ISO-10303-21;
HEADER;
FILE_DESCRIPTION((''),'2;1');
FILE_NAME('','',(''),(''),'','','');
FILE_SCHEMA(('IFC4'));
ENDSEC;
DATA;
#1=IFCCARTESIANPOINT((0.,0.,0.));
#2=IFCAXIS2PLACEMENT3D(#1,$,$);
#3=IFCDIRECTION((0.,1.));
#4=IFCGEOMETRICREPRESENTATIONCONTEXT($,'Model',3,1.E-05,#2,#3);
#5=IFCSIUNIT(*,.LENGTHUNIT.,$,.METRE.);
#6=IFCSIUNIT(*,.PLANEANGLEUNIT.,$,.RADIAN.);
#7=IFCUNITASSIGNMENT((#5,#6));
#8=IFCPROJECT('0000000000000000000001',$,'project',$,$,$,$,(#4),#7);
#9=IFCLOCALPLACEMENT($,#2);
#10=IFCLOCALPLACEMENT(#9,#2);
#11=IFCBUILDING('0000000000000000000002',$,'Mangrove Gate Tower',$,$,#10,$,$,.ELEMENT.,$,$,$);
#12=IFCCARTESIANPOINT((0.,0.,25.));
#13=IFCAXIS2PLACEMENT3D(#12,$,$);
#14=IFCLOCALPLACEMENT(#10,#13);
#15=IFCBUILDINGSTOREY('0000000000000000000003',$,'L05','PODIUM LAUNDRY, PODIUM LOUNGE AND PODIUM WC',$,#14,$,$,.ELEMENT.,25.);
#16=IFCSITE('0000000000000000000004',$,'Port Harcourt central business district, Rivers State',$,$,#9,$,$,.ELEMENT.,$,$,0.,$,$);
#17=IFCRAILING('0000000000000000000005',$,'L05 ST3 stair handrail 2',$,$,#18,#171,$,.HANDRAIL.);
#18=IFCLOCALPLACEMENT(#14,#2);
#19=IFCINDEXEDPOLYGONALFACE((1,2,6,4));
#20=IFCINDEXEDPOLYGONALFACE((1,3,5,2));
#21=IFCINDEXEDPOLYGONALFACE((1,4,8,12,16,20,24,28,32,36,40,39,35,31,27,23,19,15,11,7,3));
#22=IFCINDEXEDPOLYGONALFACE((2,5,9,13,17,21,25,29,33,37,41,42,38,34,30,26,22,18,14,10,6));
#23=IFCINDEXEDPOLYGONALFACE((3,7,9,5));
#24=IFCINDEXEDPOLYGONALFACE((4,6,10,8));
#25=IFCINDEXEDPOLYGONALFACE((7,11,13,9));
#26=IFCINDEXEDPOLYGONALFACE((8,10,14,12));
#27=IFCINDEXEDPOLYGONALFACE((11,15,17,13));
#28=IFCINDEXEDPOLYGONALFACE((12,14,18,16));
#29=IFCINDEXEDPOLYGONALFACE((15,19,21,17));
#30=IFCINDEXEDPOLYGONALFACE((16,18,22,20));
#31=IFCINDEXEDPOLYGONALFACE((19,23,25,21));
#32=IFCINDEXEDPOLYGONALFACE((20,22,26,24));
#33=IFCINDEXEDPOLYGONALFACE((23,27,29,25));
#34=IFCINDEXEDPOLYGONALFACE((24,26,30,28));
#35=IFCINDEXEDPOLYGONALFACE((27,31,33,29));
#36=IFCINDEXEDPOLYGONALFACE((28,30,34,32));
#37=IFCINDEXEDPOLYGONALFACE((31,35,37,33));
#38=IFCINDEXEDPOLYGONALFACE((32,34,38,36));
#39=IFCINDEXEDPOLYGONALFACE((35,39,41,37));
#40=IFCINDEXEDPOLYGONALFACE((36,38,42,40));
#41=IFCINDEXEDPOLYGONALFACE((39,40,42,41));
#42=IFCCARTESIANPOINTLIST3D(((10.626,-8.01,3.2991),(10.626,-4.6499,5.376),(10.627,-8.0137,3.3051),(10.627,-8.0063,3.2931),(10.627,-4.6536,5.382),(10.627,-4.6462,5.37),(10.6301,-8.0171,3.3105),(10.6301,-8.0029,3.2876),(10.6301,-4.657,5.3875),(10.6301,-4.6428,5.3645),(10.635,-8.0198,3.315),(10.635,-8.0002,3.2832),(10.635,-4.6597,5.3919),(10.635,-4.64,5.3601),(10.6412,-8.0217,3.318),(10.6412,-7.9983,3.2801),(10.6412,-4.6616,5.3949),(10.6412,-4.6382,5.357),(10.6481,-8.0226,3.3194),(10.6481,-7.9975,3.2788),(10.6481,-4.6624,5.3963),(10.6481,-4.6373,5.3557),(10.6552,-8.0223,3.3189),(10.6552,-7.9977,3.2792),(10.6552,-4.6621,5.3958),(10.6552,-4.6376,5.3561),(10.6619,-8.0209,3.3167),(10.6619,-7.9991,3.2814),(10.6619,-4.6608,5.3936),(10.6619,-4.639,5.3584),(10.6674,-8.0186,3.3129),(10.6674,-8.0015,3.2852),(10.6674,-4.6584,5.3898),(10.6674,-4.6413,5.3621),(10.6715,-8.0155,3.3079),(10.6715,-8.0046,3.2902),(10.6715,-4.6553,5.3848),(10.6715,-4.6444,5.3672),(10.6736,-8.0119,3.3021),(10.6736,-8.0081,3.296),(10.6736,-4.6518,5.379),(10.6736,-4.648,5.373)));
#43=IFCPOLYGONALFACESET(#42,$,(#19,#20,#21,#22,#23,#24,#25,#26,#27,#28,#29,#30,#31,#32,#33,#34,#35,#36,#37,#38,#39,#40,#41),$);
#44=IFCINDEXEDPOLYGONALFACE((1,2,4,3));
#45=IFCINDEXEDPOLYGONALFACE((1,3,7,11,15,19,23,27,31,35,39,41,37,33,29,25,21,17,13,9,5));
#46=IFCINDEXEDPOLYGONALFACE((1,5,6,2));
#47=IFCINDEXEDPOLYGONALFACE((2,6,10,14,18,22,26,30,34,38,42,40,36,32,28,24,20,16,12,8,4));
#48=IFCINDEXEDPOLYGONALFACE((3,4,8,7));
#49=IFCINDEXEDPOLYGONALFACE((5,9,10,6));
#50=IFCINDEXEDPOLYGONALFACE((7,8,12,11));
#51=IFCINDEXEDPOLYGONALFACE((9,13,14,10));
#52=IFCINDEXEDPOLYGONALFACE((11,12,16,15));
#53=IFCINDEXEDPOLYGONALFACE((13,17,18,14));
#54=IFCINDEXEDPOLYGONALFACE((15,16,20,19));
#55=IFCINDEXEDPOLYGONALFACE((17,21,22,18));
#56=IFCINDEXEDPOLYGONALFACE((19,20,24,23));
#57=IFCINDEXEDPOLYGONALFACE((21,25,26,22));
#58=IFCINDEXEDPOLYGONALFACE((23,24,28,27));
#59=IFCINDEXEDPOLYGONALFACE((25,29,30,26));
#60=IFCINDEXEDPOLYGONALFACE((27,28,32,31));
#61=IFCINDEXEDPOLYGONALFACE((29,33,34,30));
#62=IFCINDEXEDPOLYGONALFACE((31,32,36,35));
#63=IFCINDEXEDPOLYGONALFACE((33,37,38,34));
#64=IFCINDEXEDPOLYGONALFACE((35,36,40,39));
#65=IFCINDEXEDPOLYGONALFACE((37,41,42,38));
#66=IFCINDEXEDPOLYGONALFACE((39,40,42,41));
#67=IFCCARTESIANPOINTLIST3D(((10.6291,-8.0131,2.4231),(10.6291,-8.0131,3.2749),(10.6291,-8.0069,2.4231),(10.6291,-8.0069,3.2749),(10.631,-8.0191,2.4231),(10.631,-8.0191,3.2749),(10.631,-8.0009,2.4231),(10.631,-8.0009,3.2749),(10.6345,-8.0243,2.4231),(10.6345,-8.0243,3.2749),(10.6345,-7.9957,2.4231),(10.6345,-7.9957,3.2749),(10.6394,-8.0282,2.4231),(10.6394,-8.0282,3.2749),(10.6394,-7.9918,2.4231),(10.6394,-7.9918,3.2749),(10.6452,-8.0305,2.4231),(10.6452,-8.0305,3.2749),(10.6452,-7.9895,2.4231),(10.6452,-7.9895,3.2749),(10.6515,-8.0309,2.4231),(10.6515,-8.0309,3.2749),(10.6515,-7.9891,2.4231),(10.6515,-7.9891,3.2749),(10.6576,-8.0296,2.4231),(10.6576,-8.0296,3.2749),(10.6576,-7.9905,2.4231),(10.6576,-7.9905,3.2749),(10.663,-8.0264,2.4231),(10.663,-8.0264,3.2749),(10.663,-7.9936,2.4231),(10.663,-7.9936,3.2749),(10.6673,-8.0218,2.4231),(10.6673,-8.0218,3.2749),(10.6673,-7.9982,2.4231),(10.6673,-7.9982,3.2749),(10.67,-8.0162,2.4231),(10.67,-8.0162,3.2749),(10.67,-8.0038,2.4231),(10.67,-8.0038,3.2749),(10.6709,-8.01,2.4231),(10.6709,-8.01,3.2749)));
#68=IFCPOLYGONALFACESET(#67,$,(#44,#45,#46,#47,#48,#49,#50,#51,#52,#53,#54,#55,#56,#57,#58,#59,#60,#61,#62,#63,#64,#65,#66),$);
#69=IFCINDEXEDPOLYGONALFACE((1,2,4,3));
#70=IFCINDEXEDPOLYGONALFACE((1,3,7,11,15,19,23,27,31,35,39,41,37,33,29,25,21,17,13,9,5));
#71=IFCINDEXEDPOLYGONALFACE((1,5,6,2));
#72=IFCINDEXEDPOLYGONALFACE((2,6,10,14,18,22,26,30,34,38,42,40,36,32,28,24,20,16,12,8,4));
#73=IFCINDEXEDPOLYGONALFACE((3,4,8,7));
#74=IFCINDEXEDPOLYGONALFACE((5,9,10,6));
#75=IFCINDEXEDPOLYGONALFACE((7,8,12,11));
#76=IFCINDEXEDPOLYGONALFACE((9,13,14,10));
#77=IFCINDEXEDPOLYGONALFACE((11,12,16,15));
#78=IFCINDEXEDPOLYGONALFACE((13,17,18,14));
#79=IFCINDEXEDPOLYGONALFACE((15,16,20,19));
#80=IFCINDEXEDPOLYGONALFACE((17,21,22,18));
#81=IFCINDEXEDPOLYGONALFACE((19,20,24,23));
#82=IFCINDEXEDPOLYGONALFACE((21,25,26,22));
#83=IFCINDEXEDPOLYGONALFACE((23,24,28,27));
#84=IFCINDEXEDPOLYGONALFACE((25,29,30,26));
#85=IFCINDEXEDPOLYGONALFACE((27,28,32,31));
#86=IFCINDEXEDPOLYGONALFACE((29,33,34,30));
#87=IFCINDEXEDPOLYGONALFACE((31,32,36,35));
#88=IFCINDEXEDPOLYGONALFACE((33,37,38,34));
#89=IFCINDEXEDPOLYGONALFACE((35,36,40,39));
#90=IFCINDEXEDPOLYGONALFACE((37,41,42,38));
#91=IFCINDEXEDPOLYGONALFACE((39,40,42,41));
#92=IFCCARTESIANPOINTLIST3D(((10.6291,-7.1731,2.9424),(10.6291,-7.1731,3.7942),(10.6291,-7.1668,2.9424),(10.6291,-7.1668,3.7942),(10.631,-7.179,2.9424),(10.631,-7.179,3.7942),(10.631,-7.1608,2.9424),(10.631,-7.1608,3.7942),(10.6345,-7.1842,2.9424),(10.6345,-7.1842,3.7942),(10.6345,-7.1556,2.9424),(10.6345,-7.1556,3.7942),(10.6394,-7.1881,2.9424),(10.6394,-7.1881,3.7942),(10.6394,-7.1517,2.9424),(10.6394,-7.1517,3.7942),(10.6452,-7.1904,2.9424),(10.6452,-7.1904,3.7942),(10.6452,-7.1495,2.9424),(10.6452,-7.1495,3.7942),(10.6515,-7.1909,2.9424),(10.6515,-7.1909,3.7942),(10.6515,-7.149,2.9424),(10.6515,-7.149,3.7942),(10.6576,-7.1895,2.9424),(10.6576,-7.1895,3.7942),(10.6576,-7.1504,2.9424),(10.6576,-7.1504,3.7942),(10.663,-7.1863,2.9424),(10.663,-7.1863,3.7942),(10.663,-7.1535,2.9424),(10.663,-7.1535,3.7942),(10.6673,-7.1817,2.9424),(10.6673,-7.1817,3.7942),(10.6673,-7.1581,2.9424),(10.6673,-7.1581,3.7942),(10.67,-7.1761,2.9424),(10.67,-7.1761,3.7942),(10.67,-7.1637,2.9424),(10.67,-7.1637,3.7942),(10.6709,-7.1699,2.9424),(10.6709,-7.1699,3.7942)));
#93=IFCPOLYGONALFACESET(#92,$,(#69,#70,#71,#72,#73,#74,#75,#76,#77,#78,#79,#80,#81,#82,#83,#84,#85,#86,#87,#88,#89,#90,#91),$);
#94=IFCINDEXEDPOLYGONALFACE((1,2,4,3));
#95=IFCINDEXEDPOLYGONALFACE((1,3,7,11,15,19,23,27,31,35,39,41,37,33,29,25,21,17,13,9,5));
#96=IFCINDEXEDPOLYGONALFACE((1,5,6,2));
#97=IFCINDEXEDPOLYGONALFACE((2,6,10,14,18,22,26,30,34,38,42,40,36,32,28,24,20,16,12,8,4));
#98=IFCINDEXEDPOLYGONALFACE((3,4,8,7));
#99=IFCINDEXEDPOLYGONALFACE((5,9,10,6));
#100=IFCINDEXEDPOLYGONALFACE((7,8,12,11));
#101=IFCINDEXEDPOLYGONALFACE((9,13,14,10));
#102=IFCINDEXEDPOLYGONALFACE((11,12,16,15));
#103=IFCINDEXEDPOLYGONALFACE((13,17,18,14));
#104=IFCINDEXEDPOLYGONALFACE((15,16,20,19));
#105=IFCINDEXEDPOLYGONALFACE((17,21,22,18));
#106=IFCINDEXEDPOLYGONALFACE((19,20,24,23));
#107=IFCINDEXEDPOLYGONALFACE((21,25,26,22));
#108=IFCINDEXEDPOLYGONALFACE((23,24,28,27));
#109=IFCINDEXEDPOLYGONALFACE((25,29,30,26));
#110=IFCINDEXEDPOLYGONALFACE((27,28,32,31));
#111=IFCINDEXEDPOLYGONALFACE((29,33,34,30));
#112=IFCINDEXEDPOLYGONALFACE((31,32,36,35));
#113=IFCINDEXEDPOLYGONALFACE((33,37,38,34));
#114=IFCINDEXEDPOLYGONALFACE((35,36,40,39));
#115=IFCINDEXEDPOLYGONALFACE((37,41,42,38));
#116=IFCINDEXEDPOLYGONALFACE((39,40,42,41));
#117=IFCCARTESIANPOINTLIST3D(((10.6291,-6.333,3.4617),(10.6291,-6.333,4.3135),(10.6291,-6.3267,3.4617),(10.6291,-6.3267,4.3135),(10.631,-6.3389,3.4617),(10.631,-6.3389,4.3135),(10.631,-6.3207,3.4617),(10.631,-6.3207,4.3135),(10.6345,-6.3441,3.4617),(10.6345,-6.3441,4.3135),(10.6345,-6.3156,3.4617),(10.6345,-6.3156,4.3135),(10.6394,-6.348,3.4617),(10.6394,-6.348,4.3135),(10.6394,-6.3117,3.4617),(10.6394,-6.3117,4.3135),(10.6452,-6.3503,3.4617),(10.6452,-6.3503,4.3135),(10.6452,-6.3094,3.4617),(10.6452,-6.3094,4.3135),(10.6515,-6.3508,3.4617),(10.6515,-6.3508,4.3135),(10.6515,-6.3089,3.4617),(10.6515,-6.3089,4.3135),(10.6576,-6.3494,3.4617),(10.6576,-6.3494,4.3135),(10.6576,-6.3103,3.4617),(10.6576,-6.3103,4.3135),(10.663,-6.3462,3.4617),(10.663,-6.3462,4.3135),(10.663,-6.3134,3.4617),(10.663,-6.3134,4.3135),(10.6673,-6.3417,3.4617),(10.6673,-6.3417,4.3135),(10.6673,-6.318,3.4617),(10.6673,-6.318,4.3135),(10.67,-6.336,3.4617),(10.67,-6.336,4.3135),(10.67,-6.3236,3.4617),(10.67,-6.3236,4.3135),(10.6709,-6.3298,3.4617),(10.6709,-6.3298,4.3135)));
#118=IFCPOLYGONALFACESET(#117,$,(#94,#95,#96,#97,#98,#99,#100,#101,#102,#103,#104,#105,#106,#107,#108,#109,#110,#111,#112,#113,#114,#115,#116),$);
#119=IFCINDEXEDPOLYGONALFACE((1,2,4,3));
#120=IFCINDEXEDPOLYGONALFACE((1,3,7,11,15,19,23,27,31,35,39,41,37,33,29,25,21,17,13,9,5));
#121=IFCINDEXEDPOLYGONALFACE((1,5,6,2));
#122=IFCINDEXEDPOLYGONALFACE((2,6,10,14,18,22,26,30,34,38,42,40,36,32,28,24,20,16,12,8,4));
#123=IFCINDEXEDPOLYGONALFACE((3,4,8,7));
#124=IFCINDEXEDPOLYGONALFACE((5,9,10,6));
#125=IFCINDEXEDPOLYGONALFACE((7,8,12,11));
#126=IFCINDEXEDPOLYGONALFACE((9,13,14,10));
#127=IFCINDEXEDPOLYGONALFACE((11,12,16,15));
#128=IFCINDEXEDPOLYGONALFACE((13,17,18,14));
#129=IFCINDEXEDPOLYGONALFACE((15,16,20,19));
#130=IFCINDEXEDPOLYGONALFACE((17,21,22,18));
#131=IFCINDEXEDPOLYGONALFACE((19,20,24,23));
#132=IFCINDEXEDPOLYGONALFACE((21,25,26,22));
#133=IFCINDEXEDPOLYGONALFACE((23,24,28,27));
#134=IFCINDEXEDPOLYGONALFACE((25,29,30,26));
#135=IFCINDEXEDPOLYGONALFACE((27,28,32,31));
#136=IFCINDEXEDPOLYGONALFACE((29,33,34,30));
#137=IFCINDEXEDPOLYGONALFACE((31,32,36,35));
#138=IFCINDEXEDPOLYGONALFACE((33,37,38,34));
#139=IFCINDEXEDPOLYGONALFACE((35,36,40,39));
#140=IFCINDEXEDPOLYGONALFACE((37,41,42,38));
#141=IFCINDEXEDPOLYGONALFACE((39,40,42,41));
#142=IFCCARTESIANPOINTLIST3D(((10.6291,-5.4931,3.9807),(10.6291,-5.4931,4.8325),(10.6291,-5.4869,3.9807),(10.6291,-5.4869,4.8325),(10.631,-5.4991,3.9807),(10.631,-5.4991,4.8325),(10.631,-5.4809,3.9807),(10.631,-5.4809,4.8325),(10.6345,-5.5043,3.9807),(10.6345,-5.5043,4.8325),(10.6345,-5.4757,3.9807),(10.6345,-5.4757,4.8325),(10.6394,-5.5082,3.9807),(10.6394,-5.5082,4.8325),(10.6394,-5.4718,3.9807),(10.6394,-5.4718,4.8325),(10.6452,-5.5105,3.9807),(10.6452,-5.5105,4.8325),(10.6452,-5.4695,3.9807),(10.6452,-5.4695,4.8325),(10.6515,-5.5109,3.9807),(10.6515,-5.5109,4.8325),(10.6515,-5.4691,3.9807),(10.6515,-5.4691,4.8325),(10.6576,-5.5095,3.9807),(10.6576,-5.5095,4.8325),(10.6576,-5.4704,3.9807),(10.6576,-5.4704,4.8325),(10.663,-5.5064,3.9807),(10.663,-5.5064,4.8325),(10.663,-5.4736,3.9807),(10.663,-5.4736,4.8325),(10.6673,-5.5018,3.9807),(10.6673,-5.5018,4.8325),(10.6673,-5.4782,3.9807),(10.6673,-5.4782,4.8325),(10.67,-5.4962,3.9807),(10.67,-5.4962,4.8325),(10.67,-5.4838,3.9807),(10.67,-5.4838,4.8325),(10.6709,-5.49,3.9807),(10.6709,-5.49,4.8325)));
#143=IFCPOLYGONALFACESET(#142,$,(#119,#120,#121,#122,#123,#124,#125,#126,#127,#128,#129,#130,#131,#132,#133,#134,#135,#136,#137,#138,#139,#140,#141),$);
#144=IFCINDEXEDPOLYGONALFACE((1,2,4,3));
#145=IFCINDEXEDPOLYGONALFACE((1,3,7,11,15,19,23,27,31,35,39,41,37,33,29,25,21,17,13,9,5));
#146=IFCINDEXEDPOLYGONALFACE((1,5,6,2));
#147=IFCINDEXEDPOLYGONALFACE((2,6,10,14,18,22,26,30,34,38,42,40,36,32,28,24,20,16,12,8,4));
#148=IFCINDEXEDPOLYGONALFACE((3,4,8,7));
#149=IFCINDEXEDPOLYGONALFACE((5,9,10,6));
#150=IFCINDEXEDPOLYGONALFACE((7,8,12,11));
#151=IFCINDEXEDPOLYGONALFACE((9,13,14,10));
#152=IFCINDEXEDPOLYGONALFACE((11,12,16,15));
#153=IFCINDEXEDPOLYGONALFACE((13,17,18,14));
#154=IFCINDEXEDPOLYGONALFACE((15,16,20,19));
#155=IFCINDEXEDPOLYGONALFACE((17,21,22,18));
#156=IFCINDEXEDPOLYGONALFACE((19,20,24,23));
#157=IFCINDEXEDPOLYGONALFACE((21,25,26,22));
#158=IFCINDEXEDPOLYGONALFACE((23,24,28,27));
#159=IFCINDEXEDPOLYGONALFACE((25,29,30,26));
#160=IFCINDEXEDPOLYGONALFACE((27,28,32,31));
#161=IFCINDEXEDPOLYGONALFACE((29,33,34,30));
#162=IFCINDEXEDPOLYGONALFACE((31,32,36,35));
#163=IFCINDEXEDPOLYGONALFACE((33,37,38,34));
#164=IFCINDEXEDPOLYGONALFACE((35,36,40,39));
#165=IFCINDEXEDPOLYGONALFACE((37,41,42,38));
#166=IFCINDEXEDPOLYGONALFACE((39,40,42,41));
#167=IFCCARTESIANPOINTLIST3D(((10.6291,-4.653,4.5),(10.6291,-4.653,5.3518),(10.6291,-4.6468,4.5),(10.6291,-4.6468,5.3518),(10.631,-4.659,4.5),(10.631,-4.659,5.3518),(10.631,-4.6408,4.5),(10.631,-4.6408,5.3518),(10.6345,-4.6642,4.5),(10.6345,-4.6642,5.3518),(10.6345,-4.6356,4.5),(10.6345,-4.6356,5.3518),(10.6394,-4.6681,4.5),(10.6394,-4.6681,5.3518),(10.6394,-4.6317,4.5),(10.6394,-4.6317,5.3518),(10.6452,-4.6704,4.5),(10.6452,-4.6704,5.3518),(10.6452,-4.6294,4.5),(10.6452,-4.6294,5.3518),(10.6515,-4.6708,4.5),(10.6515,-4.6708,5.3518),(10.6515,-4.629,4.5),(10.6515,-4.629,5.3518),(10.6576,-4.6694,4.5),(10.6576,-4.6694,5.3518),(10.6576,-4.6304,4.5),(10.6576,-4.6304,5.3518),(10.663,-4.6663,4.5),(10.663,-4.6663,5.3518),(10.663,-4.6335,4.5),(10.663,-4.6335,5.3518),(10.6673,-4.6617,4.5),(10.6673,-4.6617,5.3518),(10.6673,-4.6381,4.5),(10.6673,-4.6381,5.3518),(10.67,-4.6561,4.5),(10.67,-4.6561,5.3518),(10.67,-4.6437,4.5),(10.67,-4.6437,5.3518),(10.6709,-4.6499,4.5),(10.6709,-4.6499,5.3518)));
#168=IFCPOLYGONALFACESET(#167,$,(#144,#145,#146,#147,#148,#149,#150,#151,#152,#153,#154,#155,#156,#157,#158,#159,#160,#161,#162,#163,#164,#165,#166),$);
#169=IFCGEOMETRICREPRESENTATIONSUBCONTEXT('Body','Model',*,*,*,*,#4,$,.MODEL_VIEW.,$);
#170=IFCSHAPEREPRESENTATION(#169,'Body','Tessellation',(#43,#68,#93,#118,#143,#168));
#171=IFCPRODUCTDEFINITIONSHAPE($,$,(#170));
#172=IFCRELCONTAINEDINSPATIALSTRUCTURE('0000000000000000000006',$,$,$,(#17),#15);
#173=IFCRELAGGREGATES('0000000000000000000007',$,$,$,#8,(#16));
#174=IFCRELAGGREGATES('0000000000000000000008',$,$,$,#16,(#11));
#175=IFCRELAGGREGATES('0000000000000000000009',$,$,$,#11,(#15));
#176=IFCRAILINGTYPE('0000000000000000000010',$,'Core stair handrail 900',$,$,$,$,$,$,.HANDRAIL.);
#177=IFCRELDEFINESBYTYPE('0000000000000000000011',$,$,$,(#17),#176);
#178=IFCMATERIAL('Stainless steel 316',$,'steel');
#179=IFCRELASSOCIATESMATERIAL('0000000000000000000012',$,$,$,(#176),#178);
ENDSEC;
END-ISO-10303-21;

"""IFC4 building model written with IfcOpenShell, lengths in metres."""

from ifc_helpers import new_model, si_unit, direction, frame, origin, origin_2d, place, context, subcontext, project, spatial, circle, extrude, material, type_object, element, save


model = new_model("IFC4")

# Units and contexts
model_context = context("Model", 3, precision=1e-05, world=origin(), true_north=direction((0.0, 1.0)))
body_context = subcontext(model_context, "Body", "Model", "MODEL_VIEW")
ifc_project = project(units=[si_unit("LENGTHUNIT", "METRE"), si_unit("PLANEANGLEUNIT", "RADIAN")], contexts=[model_context])

# Site, building, storey
site_placement = place(None, origin())
site = spatial("IfcSite", under=ifc_project, at=site_placement, Name="Port Harcourt central business district, Rivers State", CompositionType="ELEMENT", RefElevation=0.0)
building_placement = place(site_placement, origin())
building = spatial("IfcBuilding", under=site, at=building_placement, Name="Mangrove Gate Tower", CompositionType="ELEMENT")
storey_placement = place(building_placement, frame((0.0, 0.0, 25.0)))
storey = spatial("IfcBuildingStorey", under=building, at=storey_placement, Name="L05", Description="PODIUM LAUNDRY, PODIUM LOUNGE AND PODIUM WC", CompositionType="ELEMENT", Elevation=25.0)

# Railing
ifc_material_1 = material(Name="Stainless steel 316", Category="steel")
railing_type_1 = type_object("IfcRailingType", Name="Core stair handrail 900", PredefinedType="HANDRAIL", material=ifc_material_1)
railing_1_placement = place(storey_placement, frame((10.6499, -8.01, 2.4231)))
element("IfcRailing", 1, at=railing_1_placement, inside=storey, type_object=railing_type_1, Name="L05 ST3 stair handrail 2", PredefinedType="HANDRAIL", context=body_context, shape_type="SweptSolid", body=[
    extrude(circle(Radius=0.0239, at=origin_2d()), frame((0.0, 0.0, 0.876), z_axis=(0.0, 0.850623, 0.525776), x_axis=(-1.0, 0.0, 0.0)), (0.0, 0.0, 1.0), 3.9502),
    extrude(circle(Radius=0.021, at=origin_2d()), origin(), (0.0, 0.0, 1.0), 0.8518),
    extrude(circle(Radius=0.021, at=origin_2d()), frame((0.0, 0.8401, 0.5193)), (0.0, 0.0, 1.0), 0.8518),
    extrude(circle(Radius=0.021, at=origin_2d()), frame((0.0, 1.6802, 1.0386)), (0.0, 0.0, 1.0), 0.8518),
    extrude(circle(Radius=0.021, at=origin_2d()), frame((0.0, 2.52, 1.5576)), (0.0, 0.0, 1.0), 0.8518),
    extrude(circle(Radius=0.021, at=origin_2d()), frame((0.0, 3.3601, 2.0769)), (0.0, 0.0, 1.0), 0.8518),
])

save(model, "model.ifc")
